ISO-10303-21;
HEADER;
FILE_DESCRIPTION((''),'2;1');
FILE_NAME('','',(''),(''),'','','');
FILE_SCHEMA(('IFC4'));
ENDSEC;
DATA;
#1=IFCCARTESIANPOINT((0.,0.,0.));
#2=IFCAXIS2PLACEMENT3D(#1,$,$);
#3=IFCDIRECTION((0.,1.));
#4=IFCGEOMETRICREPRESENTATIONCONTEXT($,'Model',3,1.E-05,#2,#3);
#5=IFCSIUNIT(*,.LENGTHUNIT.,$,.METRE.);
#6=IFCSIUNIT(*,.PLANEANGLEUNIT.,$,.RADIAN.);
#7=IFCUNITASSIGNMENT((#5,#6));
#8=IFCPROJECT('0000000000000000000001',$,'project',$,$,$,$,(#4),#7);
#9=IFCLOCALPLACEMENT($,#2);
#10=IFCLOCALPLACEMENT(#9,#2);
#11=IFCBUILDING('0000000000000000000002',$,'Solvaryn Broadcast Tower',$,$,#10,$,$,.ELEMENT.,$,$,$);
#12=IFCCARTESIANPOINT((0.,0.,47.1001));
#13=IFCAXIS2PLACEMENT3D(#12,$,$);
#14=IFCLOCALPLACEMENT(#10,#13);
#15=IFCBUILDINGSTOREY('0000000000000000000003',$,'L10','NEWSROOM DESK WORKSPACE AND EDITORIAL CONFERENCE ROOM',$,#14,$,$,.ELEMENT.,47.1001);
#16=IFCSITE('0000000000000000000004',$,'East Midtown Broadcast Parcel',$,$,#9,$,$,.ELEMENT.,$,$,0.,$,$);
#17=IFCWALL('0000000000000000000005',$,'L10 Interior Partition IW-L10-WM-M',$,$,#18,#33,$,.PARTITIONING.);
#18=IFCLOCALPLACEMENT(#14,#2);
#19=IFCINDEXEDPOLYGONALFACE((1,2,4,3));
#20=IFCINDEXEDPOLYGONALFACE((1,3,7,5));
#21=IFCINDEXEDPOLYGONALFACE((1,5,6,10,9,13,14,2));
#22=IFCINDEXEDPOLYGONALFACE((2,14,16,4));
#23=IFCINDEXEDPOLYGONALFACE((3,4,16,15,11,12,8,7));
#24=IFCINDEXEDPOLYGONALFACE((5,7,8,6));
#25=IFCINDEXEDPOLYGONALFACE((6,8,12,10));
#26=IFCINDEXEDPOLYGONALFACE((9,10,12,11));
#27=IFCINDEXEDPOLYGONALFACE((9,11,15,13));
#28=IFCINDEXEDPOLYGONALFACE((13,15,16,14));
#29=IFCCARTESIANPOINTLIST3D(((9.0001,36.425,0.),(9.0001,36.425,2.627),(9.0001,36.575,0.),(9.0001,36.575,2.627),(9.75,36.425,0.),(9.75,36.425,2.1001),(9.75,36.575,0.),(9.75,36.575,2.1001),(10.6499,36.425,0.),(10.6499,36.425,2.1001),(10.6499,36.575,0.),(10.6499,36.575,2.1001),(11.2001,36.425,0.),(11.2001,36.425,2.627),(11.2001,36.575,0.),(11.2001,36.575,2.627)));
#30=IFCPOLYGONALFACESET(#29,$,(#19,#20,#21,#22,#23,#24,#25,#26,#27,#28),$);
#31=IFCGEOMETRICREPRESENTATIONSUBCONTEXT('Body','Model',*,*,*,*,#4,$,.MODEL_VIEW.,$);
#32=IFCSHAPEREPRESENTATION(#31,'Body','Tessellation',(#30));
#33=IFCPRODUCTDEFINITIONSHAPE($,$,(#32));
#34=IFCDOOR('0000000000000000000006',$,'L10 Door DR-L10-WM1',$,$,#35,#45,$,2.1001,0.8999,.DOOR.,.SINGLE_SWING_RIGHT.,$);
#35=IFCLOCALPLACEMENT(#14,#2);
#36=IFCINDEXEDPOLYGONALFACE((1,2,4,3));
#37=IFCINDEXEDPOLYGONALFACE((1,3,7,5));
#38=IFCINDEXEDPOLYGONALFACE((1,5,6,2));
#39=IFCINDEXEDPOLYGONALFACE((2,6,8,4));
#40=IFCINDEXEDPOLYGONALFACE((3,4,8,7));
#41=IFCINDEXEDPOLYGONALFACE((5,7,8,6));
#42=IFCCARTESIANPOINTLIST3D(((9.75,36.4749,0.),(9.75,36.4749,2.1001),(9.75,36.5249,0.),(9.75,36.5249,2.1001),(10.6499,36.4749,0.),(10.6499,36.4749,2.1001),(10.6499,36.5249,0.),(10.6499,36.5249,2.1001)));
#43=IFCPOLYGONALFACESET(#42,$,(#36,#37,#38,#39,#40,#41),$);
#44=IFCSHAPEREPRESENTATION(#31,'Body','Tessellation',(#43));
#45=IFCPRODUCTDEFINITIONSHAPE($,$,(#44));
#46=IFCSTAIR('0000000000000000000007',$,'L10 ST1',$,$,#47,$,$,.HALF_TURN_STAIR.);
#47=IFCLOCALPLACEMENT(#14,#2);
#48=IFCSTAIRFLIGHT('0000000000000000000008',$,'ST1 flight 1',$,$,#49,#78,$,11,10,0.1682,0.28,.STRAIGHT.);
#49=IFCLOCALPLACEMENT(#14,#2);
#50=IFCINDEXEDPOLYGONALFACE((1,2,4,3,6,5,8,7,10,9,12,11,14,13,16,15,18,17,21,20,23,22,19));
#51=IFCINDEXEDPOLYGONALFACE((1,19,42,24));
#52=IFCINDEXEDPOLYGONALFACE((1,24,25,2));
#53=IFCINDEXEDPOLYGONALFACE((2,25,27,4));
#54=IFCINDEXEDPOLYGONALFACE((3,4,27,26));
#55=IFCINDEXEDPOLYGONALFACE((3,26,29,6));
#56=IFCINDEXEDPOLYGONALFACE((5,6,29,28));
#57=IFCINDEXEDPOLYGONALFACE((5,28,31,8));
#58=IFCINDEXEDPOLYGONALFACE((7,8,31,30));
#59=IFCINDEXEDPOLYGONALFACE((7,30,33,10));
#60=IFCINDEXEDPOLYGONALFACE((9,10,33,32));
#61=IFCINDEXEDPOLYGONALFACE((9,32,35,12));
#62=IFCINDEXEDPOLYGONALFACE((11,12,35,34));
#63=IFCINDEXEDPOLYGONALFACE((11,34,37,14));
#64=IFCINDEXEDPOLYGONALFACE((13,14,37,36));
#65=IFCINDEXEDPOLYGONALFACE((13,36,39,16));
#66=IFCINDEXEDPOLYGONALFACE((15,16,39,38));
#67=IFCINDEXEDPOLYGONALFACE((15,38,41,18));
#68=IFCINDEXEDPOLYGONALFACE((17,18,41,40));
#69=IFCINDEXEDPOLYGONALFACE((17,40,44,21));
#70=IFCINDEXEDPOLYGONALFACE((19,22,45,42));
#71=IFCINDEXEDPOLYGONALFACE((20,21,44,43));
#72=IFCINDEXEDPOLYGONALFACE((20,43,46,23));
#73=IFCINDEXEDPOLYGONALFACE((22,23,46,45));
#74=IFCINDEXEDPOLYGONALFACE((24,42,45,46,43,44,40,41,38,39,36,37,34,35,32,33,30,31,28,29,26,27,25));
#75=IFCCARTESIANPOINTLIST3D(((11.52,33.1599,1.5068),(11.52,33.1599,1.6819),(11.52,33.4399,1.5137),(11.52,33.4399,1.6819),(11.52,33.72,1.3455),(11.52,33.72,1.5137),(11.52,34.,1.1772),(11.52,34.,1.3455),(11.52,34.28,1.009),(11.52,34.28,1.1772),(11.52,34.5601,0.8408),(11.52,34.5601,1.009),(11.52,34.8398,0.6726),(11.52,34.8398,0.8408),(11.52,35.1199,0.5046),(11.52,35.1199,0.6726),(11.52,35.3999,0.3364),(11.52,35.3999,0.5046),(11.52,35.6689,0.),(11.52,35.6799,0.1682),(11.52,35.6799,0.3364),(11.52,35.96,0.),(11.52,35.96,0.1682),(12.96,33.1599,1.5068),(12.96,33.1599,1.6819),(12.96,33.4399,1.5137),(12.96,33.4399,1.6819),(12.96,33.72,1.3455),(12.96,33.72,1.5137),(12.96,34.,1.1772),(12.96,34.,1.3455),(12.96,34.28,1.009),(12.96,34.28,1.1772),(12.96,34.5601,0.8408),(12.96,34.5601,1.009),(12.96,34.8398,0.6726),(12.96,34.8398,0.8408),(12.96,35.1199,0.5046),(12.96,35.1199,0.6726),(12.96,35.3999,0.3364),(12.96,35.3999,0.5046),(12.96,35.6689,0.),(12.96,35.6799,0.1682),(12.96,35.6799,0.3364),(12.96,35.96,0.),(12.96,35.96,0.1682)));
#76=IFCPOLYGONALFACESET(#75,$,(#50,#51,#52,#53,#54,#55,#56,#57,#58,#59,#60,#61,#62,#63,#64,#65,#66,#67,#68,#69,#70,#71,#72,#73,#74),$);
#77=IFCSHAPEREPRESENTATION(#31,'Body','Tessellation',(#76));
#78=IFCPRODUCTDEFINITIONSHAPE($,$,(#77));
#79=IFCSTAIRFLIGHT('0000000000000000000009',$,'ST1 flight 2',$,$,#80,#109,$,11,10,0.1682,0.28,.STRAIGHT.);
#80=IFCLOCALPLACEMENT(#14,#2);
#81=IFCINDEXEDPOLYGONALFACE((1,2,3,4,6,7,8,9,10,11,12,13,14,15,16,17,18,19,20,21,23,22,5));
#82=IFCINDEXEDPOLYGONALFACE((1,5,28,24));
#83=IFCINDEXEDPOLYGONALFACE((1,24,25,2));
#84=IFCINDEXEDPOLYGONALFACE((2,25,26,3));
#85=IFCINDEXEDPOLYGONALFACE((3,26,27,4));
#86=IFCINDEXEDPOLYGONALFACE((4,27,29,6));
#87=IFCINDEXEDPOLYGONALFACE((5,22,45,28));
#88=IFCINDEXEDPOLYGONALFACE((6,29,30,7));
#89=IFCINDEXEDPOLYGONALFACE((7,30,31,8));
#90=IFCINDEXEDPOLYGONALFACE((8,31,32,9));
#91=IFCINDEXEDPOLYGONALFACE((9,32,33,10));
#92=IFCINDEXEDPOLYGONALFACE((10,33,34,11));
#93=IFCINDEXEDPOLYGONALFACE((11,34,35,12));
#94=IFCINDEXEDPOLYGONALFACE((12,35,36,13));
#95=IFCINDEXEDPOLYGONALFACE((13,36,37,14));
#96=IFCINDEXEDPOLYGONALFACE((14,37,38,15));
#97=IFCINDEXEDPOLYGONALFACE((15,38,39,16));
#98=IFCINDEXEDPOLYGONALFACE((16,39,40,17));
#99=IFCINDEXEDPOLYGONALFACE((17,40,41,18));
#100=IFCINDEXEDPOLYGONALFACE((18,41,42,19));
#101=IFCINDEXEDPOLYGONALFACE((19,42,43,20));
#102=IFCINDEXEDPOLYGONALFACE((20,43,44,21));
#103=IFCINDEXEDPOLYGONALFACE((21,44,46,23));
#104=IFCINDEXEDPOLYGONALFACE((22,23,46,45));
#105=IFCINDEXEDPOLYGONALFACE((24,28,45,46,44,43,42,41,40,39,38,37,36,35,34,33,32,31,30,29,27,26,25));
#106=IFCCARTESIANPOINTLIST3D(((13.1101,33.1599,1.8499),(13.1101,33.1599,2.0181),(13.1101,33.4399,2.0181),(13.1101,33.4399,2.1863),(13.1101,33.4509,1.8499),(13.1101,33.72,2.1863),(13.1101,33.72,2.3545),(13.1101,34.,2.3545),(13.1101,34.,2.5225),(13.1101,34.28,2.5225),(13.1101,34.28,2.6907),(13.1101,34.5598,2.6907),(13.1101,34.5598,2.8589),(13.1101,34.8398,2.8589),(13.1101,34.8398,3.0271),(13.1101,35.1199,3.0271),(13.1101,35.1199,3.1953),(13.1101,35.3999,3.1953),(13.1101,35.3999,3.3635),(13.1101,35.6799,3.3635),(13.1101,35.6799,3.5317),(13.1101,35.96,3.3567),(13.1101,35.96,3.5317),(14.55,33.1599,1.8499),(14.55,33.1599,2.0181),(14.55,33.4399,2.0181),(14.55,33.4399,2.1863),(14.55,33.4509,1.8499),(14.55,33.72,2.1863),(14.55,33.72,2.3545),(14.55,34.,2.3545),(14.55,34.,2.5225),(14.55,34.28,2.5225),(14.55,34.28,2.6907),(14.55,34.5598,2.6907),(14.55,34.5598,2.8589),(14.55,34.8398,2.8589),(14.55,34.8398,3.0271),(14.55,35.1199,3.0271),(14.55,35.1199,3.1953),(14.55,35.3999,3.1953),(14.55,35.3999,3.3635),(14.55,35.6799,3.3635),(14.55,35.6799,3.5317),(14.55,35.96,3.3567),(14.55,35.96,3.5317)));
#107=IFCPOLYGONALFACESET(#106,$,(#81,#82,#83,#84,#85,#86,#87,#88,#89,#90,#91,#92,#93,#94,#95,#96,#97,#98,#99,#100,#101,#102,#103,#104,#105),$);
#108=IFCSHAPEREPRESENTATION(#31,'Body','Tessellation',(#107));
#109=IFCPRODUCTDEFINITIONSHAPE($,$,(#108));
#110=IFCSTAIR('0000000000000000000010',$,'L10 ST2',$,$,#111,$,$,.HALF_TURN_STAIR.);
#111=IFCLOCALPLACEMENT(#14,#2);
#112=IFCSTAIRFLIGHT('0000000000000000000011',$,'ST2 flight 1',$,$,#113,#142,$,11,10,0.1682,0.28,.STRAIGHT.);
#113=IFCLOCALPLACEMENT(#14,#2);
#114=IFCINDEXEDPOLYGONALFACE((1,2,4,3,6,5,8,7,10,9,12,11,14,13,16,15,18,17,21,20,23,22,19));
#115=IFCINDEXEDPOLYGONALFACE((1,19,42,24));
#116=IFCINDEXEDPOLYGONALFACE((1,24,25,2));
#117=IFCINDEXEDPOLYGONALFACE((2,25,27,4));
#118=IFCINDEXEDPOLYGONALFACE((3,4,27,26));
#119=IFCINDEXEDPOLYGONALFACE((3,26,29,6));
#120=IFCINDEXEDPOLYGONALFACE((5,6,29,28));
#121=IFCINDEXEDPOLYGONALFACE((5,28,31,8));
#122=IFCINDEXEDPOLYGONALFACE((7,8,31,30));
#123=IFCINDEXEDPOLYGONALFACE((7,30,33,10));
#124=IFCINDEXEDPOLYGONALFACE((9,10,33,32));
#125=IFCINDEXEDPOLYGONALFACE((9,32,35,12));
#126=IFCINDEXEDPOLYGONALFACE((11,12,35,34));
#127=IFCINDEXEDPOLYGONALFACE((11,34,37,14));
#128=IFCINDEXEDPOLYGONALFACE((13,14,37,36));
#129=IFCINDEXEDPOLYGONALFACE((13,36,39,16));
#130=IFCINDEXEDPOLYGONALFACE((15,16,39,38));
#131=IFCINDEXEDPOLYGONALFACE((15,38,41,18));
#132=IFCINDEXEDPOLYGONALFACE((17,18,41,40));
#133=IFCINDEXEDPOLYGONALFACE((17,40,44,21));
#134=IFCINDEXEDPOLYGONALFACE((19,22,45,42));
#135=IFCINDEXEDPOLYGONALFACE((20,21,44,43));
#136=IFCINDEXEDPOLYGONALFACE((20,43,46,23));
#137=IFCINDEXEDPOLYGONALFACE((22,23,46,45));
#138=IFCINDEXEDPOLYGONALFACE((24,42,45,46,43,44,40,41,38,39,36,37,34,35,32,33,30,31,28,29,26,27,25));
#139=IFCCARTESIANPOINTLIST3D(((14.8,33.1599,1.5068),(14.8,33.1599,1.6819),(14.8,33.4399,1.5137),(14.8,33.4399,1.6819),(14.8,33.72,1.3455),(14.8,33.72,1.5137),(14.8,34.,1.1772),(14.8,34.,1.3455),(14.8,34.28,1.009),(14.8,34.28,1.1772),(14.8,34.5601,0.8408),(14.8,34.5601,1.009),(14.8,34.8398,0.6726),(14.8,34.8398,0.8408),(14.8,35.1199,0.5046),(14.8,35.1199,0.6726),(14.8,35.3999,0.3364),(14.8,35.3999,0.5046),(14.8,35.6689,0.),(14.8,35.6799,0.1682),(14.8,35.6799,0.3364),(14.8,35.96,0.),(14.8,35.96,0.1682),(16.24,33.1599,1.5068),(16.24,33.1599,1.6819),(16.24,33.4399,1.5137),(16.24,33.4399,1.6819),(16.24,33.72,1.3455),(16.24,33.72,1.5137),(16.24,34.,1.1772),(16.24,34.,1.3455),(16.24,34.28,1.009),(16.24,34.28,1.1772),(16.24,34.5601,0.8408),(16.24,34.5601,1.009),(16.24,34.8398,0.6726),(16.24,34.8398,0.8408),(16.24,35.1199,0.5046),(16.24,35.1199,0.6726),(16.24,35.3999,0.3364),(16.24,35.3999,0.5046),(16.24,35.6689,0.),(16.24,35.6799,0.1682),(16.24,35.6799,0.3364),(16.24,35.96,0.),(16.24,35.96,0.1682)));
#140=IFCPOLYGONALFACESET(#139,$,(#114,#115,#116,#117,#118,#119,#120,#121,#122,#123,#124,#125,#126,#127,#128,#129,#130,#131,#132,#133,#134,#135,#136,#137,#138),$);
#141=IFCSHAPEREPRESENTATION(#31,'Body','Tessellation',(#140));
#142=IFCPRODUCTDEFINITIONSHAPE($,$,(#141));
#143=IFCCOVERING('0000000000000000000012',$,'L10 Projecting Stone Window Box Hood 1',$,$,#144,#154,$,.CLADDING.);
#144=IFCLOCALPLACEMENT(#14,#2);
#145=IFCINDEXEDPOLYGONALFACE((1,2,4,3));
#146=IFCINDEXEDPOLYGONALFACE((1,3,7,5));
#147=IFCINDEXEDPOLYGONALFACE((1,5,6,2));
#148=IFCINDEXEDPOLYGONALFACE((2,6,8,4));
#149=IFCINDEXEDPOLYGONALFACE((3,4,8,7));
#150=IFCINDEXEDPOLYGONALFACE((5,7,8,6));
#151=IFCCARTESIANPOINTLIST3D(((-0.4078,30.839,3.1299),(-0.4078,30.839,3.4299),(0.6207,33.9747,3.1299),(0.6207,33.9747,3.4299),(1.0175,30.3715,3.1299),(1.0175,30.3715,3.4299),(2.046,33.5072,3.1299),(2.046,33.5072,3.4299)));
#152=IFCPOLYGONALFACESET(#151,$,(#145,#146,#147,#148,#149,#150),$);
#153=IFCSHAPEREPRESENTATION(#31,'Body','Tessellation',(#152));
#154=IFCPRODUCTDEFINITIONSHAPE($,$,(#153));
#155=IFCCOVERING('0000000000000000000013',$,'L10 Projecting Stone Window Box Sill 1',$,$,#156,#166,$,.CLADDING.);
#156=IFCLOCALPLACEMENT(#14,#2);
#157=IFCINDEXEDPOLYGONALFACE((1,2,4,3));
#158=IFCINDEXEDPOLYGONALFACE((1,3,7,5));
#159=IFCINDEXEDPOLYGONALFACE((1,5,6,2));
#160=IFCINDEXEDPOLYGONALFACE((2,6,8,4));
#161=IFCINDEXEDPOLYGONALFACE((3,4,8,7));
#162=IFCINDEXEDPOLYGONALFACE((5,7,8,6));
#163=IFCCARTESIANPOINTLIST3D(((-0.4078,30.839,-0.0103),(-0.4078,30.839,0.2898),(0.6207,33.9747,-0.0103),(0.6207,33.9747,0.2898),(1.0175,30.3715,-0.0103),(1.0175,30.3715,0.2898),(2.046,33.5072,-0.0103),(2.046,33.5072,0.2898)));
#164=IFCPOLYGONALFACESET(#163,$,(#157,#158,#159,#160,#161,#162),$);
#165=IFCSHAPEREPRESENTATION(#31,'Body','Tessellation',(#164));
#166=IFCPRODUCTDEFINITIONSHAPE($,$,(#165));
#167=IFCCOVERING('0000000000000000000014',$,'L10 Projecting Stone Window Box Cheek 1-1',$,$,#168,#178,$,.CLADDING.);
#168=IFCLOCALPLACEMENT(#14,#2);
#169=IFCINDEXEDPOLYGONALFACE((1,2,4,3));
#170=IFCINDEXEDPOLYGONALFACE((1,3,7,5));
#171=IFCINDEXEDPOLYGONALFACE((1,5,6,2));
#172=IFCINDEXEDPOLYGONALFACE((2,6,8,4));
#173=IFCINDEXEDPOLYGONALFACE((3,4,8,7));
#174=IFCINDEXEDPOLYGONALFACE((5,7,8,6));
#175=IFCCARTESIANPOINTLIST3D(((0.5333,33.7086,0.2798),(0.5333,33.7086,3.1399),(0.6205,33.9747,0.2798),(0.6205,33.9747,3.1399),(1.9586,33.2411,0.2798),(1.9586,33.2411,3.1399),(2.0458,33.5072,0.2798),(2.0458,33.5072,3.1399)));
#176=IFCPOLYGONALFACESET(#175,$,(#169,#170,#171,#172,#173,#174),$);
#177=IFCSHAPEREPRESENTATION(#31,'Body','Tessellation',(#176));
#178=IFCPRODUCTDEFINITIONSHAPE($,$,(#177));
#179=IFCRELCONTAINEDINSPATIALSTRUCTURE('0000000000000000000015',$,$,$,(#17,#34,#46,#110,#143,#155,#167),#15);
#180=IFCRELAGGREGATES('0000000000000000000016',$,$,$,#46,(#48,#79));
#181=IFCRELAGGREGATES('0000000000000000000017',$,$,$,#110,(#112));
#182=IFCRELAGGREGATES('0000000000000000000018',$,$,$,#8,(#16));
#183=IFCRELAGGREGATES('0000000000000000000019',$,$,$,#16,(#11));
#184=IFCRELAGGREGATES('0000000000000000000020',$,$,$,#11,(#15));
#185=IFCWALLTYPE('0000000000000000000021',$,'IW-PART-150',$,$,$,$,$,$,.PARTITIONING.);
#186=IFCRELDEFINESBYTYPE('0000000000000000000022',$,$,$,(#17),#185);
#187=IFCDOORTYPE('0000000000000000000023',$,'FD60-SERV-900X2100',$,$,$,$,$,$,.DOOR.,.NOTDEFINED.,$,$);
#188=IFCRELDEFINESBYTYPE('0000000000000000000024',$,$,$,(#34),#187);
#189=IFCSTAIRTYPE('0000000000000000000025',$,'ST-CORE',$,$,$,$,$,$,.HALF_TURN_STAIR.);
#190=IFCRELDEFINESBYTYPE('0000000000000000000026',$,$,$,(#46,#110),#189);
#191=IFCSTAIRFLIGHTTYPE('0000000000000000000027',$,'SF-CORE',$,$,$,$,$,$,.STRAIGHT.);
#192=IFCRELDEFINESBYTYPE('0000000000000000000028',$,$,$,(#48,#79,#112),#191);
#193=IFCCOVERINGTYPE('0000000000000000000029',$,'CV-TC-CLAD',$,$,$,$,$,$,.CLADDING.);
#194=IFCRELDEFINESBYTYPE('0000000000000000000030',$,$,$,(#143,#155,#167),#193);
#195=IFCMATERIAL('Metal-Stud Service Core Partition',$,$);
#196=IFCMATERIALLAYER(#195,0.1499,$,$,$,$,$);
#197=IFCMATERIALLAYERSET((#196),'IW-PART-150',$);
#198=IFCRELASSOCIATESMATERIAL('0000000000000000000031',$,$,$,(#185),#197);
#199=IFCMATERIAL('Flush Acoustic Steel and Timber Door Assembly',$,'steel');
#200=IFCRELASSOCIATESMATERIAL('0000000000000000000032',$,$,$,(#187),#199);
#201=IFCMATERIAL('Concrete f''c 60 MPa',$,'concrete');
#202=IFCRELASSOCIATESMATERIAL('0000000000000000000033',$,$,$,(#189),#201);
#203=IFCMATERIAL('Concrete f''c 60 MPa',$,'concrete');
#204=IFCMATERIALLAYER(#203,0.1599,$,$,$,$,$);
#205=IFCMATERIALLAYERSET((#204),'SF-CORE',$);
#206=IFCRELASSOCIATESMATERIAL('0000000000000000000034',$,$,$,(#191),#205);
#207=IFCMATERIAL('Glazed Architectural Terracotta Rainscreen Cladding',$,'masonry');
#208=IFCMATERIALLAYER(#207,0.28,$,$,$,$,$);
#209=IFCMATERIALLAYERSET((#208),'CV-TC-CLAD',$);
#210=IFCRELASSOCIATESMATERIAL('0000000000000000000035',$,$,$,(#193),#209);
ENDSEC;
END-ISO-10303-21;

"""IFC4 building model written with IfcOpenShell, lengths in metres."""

from ifc_helpers import new_model, si_unit, direction, frame, frame_2d, origin, origin_2d, place, context, subcontext, project, spatial, polyline, rectangle, outline, extrude, material, layer, layer_set, type_object, element, fill, aggregate, save


model = new_model("IFC4")

# Units and contexts
model_context = context("Model", 3, precision=1e-05, world=origin(), true_north=direction((0.0, 1.0)))
body_context = subcontext(model_context, "Body", "Model", "MODEL_VIEW")
ifc_project = project(units=[si_unit("LENGTHUNIT", "METRE"), si_unit("PLANEANGLEUNIT", "RADIAN")], contexts=[model_context])

# Site, building, storey
site_placement = place(None, origin())
site = spatial("IfcSite", under=ifc_project, at=site_placement, Name="East Midtown Broadcast Parcel", CompositionType="ELEMENT", RefElevation=0.0)
building_placement = place(site_placement, origin())
building = spatial("IfcBuilding", under=site, at=building_placement, Name="Solvaryn Broadcast Tower", CompositionType="ELEMENT")
storey_placement = place(building_placement, frame((0.0, 0.0, 47.1001)))
storey = spatial("IfcBuildingStorey", under=building, at=storey_placement, Name="L10", Description="NEWSROOM DESK WORKSPACE AND EDITORIAL CONFERENCE ROOM", CompositionType="ELEMENT", Elevation=47.1001)

# Wall, opening, door
ifc_material_1 = material(Name="Metal-Stud Service Core Partition")
ifc_layer_1 = layer(ifc_material_1, 0.1499)
ifc_layer_set_1 = layer_set([ifc_layer_1], Name="IW-PART-150")
wall_type = type_object("IfcWallType", Name="IW-PART-150", PredefinedType="PARTITIONING", material=ifc_layer_set_1)
wall_placement = place(storey_placement, frame((9.0, 36.5, 0.0), z_axis=(0.0, 0.0, 1.0), x_axis=(1.0, 0.0, 0.0)))
wall = element("IfcWall", 1, at=wall_placement, inside=storey, type_object=wall_type, Name="L10 Interior Partition IW-L10-WM-M", PredefinedType="PARTITIONING", context=body_context, shape_type="SweptSolid", body=[
    extrude(rectangle(XDim=2.2, YDim=0.1499, at=frame_2d((1.1001, 0.0))), origin(), (0.0, 0.0, 1.0), 2.627),
])
opening_placement = place(wall_placement, frame((0.75, 0.0, 0.0)))
opening = element("IfcOpeningElement", 2, at=opening_placement, cuts=wall, PredefinedType="OPENING", context=body_context, shape_type="SweptSolid", body=[
    extrude(rectangle(XDim=0.8999, YDim=2.1001, at=frame_2d((0.45, 1.05))), frame((0.0, 0.085, 0.0), z_axis=(0.0, -1.0, 0.0), x_axis=(1.0, 0.0, 0.0)), (0.0, 0.0, 1.0), 0.1699),
])
ifc_material_2 = material(Name="Flush Acoustic Steel and Timber Door Assembly", Category="steel")
door_type = type_object("IfcDoorType", Name="FD60-SERV-900X2100", OperationType="NOTDEFINED", PredefinedType="DOOR", material=ifc_material_2)
door_placement = place(opening_placement, origin())
door = element("IfcDoor", 3, at=door_placement, inside=storey, type_object=door_type, Name="L10 Door DR-L10-WM1", OperationType="SINGLE_SWING_RIGHT", OverallHeight=2.1001, OverallWidth=0.8999, PredefinedType="DOOR", context=body_context, shape_type="SweptSolid", body=[
    extrude(rectangle(XDim=0.8999, YDim=2.1001, at=frame_2d((0.45, 1.05))), frame((0.0, 0.0249, 0.0), z_axis=(0.0, -1.0, 0.0), x_axis=(1.0, 0.0, 0.0)), (0.0, 0.0, 1.0), 0.05),
])
fill(opening, door)

# Stair, stair flights
ifc_material_3 = material(Name="Concrete f'c 60 MPa", Category="concrete")
stair_type = type_object("IfcStairType", Name="ST-CORE", PredefinedType="HALF_TURN_STAIR", material=ifc_material_3)
stair_1_placement = place(storey_placement, origin())
stair_1 = element("IfcStair", 4, at=stair_1_placement, inside=storey, type_object=stair_type, Name="L10 ST1", PredefinedType="HALF_TURN_STAIR")
ifc_material_4 = material(Name="Concrete f'c 60 MPa", Category="concrete")
ifc_layer_2 = layer(ifc_material_4, 0.1599)
ifc_layer_set_2 = layer_set([ifc_layer_2], Name="SF-CORE")
stair_flight_type = type_object("IfcStairFlightType", Name="SF-CORE", PredefinedType="STRAIGHT", material=ifc_layer_set_2)
stair_flight_1_placement = place(storey_placement, frame((12.24, 35.96, 0.0), z_axis=(0.0, 0.0, 1.0), x_axis=(0.0, -1.0, 0.0)))
stair_flight_1 = element("IfcStairFlight", 5, at=stair_flight_1_placement, type_object=stair_flight_type, Name="ST1 flight 1", NumberOfRisers=11, NumberOfTreads=10, PredefinedType="STRAIGHT", RiserHeight=0.1682, TreadLength=0.28, context=body_context, shape_type="SweptSolid", body=[
    extrude(outline(polyline([(0.0, 0.0), (0.0, 0.1682), (0.28, 0.1682), (0.28, 0.3364), (0.5601, 0.3364), (0.5601, 0.5046), (0.8401, 0.5046), (0.8401, 0.6726), (1.1201, 0.6726), (1.1201, 0.8408), (1.3999, 0.8408), (1.3999, 1.009), (1.6799, 1.009), (1.6799, 1.1772), (1.96, 1.1772), (1.96, 1.3455), (2.24, 1.3455), (2.24, 1.5137), (2.52, 1.5137), (2.52, 1.6819), (2.8, 1.6819), (2.8, 1.8501), (2.8, 1.5068), (0.291, 0.0), (0.0, 0.0)])), frame((0.0, 0.72, 0.0), z_axis=(0.0, -1.0, 0.0), x_axis=(1.0, 0.0, 0.0)), (0.0, 0.0, 1.0), 1.4399),
])
stair_flight_2_placement = place(storey_placement, frame((13.8301, 33.1599, 1.8499), z_axis=(0.0, 0.0, 1.0), x_axis=(0.0, 1.0, 0.0)))
stair_flight_2 = element("IfcStairFlight", 6, at=stair_flight_2_placement, type_object=stair_flight_type, Name="ST1 flight 2", NumberOfRisers=11, NumberOfTreads=10, PredefinedType="STRAIGHT", RiserHeight=0.1682, TreadLength=0.28, context=body_context, shape_type="SweptSolid", body=[
    extrude(outline(polyline([(0.0, 0.0), (0.0, 0.1682), (0.28, 0.1682), (0.28, 0.3364), (0.5601, 0.3364), (0.5601, 0.5046), (0.8401, 0.5046), (0.8401, 0.6726), (1.1201, 0.6726), (1.1201, 0.8408), (1.3999, 0.8408), (1.3999, 1.009), (1.6799, 1.009), (1.6799, 1.1772), (1.96, 1.1772), (1.96, 1.3455), (2.24, 1.3455), (2.24, 1.5137), (2.52, 1.5137), (2.52, 1.6819), (2.8, 1.6819), (2.8, 1.8501), (2.8, 1.5068), (0.291, 0.0), (0.0, 0.0)])), frame((0.0, 0.72, 0.0), z_axis=(0.0, -1.0, 0.0), x_axis=(1.0, 0.0, 0.0)), (0.0, 0.0, 1.0), 1.4399),
])
aggregate(stair_1, [stair_flight_1, stair_flight_2])

# Stair, stair flight
stair_2_placement = place(storey_placement, origin())
stair_2 = element("IfcStair", 7, at=stair_2_placement, inside=storey, type_object=stair_type, Name="L10 ST2", PredefinedType="HALF_TURN_STAIR")
stair_flight_3_placement = place(storey_placement, frame((15.52, 35.96, 0.0), z_axis=(0.0, 0.0, 1.0), x_axis=(0.0, -1.0, 0.0)))
stair_flight_3 = element("IfcStairFlight", 8, at=stair_flight_3_placement, type_object=stair_flight_type, Name="ST2 flight 1", NumberOfRisers=11, NumberOfTreads=10, PredefinedType="STRAIGHT", RiserHeight=0.1682, TreadLength=0.28, context=body_context, shape_type="SweptSolid", body=[
    extrude(outline(polyline([(0.0, 0.0), (0.0, 0.1682), (0.28, 0.1682), (0.28, 0.3364), (0.5601, 0.3364), (0.5601, 0.5046), (0.8401, 0.5046), (0.8401, 0.6726), (1.1201, 0.6726), (1.1201, 0.8408), (1.3999, 0.8408), (1.3999, 1.009), (1.6799, 1.009), (1.6799, 1.1772), (1.96, 1.1772), (1.96, 1.3455), (2.24, 1.3455), (2.24, 1.5137), (2.52, 1.5137), (2.52, 1.6819), (2.8, 1.6819), (2.8, 1.8501), (2.8, 1.5068), (0.291, 0.0), (0.0, 0.0)])), frame((0.0, 0.72, 0.0), z_axis=(0.0, -1.0, 0.0), x_axis=(1.0, 0.0, 0.0)), (0.0, 0.0, 1.0), 1.4399),
])
aggregate(stair_2, [stair_flight_3])

# Coverings
ifc_material_5 = material(Name="Glazed Architectural Terracotta Rainscreen Cladding", Category="masonry")
ifc_layer_3 = layer(ifc_material_5, 0.28)
ifc_layer_set_3 = layer_set([ifc_layer_3], Name="CV-TC-CLAD")
covering_type = type_object("IfcCoveringType", Name="CV-TC-CLAD", PredefinedType="CLADDING", material=ifc_layer_set_3)
for number, where, z_axis, x_axis, name in (
    (9, (0.8191, 32.1731, 3.1299), (0.0, 0.0, 1.0), (-0.311672, -0.95019, 0.0), "L10 Projecting Stone Window Box Hood 1"),
    (10, (0.8191, 32.1731, -0.0103), (0.0, 0.0, 1.0), (-0.311672, -0.95019, 0.0), "L10 Projecting Stone Window Box Sill 1"),
):
    element("IfcCovering", number, at=place(storey_placement, frame(where, z_axis=z_axis, x_axis=x_axis)), inside=storey, type_object=covering_type, Name=name, PredefinedType="CLADDING", context=body_context, shape_type="SweptSolid", body=[
        extrude(rectangle(XDim=3.3, YDim=1.5, at=origin_2d()), origin(), (0.0, 0.0, 1.0), 0.3),
    ])
covering_placement = place(storey_placement, frame((1.2896, 33.6079, 0.2798), z_axis=(0.0, 0.0, 1.0), x_axis=(-0.311672, -0.95019, 0.0)))
element("IfcCovering", 11, at=covering_placement, inside=storey, type_object=covering_type, Name="L10 Projecting Stone Window Box Cheek 1-1", PredefinedType="CLADDING", context=body_context, shape_type="SweptSolid", body=[
    extrude(rectangle(XDim=0.28, YDim=1.5, at=origin_2d()), origin(), (0.0, 0.0, 1.0), 2.8601),
])

save(model, "model.ifc")
